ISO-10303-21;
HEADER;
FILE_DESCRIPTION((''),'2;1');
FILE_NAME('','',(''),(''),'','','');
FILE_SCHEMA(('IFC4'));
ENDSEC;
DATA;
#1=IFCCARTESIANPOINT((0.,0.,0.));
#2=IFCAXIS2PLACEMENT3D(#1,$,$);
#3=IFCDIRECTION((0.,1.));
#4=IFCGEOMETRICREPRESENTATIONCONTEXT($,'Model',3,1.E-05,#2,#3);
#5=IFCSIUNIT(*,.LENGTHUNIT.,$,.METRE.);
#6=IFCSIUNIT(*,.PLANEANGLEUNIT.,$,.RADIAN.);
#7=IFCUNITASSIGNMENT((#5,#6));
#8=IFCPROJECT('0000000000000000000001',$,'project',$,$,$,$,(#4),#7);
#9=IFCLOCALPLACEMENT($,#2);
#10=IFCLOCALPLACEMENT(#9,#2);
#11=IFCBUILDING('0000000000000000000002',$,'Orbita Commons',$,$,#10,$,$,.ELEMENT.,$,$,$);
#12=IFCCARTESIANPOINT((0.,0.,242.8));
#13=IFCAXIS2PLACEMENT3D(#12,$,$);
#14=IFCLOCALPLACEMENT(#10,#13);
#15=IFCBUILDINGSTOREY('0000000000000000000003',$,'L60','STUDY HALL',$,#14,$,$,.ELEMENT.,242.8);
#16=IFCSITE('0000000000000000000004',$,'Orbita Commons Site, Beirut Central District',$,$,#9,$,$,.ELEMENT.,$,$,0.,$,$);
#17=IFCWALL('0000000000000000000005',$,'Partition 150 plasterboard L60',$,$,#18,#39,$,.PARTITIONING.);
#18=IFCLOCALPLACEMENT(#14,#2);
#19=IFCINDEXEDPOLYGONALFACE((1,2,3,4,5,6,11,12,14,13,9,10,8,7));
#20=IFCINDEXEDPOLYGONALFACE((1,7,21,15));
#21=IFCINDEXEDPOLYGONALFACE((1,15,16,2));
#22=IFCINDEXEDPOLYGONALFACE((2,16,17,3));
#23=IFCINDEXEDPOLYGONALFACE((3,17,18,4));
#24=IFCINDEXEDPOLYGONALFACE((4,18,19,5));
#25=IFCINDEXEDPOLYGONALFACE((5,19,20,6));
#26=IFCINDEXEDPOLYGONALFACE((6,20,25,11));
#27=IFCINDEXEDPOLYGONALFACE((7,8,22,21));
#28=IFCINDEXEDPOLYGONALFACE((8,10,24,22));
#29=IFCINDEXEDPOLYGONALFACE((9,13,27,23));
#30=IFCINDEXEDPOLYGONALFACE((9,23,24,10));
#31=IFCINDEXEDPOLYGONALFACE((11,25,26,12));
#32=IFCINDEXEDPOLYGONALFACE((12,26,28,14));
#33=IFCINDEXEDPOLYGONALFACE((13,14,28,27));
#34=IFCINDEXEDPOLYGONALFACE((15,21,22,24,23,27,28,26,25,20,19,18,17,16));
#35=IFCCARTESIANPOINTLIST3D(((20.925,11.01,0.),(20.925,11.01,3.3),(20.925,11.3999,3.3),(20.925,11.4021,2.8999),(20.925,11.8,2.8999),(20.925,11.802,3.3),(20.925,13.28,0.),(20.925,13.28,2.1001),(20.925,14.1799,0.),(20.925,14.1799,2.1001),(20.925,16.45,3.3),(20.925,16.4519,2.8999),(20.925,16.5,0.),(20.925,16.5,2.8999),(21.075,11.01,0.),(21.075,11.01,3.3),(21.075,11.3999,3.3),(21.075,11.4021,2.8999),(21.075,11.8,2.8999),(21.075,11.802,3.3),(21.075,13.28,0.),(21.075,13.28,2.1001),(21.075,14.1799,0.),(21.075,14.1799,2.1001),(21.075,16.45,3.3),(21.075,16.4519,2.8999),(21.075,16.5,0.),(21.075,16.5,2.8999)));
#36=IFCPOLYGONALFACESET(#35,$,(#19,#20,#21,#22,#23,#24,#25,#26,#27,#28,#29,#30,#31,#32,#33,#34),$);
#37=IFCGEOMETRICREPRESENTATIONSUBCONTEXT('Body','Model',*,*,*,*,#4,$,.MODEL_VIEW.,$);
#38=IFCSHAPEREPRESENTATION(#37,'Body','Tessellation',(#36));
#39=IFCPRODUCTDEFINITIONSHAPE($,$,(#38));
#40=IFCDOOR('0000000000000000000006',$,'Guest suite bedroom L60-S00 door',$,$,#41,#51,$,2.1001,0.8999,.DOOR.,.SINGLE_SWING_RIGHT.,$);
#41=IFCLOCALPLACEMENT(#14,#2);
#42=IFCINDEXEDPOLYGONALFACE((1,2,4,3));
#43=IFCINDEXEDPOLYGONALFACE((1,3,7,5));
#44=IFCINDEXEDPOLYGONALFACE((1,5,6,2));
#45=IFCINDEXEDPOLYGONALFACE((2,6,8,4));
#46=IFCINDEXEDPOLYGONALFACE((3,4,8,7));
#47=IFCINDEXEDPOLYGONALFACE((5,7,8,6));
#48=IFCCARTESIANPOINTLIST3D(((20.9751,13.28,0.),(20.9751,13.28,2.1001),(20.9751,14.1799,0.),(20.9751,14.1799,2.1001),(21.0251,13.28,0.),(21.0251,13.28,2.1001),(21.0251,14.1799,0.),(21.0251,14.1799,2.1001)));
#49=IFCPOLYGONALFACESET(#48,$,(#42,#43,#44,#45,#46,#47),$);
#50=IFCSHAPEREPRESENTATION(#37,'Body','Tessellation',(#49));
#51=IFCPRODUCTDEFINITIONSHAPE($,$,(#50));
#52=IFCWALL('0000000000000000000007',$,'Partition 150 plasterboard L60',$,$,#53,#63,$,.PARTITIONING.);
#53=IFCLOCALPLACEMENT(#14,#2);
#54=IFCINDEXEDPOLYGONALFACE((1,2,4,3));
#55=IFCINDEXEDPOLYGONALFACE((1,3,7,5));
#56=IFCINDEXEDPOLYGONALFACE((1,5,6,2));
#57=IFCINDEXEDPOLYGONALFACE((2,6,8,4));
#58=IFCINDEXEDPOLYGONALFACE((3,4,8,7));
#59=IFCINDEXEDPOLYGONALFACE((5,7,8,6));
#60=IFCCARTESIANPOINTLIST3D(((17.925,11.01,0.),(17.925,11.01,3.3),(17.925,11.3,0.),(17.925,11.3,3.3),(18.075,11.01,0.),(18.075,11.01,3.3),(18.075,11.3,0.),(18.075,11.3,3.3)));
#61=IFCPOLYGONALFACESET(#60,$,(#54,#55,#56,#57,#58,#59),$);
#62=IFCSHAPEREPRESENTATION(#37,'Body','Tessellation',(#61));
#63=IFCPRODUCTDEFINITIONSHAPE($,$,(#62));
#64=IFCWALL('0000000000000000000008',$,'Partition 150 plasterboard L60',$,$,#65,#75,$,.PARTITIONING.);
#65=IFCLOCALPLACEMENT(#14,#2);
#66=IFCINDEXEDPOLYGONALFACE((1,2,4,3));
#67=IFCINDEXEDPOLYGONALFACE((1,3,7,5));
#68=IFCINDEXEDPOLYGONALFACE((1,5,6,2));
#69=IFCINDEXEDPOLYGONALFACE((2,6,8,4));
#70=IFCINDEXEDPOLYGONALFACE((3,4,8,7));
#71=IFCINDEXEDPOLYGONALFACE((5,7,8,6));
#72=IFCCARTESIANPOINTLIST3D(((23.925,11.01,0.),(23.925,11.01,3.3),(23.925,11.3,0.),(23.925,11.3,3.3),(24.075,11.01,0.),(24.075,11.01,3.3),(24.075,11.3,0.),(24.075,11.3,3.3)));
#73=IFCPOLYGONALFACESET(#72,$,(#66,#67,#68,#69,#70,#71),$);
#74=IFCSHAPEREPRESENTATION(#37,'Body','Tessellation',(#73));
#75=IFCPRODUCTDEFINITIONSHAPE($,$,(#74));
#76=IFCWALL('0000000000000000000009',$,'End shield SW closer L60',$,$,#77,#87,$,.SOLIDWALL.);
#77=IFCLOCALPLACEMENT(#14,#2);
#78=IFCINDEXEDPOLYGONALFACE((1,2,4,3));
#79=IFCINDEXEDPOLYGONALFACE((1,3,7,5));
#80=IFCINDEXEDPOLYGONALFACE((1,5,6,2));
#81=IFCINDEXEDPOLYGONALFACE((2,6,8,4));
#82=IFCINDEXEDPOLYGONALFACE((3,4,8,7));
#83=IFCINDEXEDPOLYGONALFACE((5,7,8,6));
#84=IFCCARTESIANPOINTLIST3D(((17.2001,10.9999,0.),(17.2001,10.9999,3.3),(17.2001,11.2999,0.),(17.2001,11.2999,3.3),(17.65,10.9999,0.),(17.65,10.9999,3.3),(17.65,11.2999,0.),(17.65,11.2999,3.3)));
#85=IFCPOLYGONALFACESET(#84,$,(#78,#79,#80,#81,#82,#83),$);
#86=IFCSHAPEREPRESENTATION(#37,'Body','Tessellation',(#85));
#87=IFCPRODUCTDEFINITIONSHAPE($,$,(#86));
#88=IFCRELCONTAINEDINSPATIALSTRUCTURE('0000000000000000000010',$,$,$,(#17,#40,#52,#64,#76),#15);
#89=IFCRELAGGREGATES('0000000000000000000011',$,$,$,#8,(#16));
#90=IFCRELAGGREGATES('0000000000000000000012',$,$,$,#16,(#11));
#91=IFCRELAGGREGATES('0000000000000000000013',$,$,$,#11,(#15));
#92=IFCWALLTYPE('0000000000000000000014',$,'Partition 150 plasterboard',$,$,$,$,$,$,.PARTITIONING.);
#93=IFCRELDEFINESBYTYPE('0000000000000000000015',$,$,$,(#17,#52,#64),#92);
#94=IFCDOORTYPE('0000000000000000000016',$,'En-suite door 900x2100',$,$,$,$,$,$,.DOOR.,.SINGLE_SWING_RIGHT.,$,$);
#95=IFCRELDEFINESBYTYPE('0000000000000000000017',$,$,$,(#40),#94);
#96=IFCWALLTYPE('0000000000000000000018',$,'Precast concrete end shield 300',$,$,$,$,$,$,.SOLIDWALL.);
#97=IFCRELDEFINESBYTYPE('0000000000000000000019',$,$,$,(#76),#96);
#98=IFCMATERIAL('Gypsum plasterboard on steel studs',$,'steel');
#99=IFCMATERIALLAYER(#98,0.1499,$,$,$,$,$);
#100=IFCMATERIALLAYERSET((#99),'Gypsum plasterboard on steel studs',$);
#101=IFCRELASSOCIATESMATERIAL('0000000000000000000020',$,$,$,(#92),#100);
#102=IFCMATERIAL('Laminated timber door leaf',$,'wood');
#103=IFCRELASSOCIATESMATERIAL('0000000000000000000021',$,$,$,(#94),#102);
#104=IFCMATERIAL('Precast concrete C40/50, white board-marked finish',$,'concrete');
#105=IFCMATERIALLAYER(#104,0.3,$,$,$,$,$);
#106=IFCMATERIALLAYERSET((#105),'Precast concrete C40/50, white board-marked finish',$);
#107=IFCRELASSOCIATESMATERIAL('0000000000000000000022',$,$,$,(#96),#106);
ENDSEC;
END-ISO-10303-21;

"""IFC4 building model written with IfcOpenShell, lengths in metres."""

from ifc_helpers import new_model, si_unit, direction, frame, frame_2d, origin, place, context, subcontext, project, spatial, polyline, rectangle, outline, extrude, material, layer, layer_set, type_object, element, fill, save


model = new_model("IFC4")

# Units and contexts
model_context = context("Model", 3, precision=1e-05, world=origin(), true_north=direction((0.0, 1.0)))
body_context = subcontext(model_context, "Body", "Model", "MODEL_VIEW")
ifc_project = project(units=[si_unit("LENGTHUNIT", "METRE"), si_unit("PLANEANGLEUNIT", "RADIAN")], contexts=[model_context])

# Site, building, storey
site_placement = place(None, origin())
site = spatial("IfcSite", under=ifc_project, at=site_placement, Name="Orbita Commons Site, Beirut Central District", CompositionType="ELEMENT", RefElevation=0.0)
building_placement = place(site_placement, origin())
building = spatial("IfcBuilding", under=site, at=building_placement, Name="Orbita Commons", CompositionType="ELEMENT")
storey_placement = place(building_placement, frame((0.0, 0.0, 242.8)))
storey = spatial("IfcBuildingStorey", under=building, at=storey_placement, Name="L60", Description="STUDY HALL", CompositionType="ELEMENT", Elevation=242.8)

# Wall, opening, door
ifc_material_1 = material(Name="Gypsum plasterboard on steel studs", Category="steel")
ifc_layer_1 = layer(ifc_material_1, 0.1499)
ifc_layer_set_1 = layer_set([ifc_layer_1], Name="Gypsum plasterboard on steel studs")
wall_type_1 = type_object("IfcWallType", Name="Partition 150 plasterboard", PredefinedType="PARTITIONING", material=ifc_layer_set_1)
wall_1_placement = place(storey_placement, frame((21.0, 11.01, 0.0), z_axis=(0.0, 0.0, 1.0), x_axis=(0.0, 1.0, 0.0)))
wall_1 = element("IfcWall", 1, at=wall_1_placement, inside=storey, type_object=wall_type_1, Name="Partition 150 plasterboard L60", PredefinedType="PARTITIONING", context=body_context, shape_type="SweptSolid", body=[
    extrude(outline(polyline([(0.0, 0.0), (5.49, 0.0), (5.49, 2.8999), (5.4419, 2.8999), (5.4399, 3.3), (0.792, 3.3), (0.79, 2.8999), (0.3921, 2.8999), (0.3899, 3.3), (0.0, 3.3), (0.0, 0.0)])), frame((0.0, 0.075, 0.0), z_axis=(0.0, -1.0, 0.0), x_axis=(1.0, 0.0, 0.0)), (0.0, 0.0, 1.0), 0.1499),
])
opening_placement = place(wall_1_placement, frame((2.27, 0.0, 0.0)))
opening = element("IfcOpeningElement", 2, at=opening_placement, cuts=wall_1, PredefinedType="OPENING", context=body_context, shape_type="SweptSolid", body=[
    extrude(rectangle(XDim=0.8999, YDim=2.1001, at=frame_2d((0.45, 1.05))), frame((0.0, 0.085, 0.0), z_axis=(0.0, -1.0, 0.0), x_axis=(1.0, 0.0, 0.0)), (0.0, 0.0, 1.0), 0.1699),
])
ifc_material_2 = material(Name="Laminated timber door leaf", Category="wood")
door_type = type_object("IfcDoorType", Name="En-suite door 900x2100", OperationType="SINGLE_SWING_RIGHT", PredefinedType="DOOR", material=ifc_material_2)
door_placement = place(opening_placement, origin())
door = element("IfcDoor", 3, at=door_placement, inside=storey, type_object=door_type, Name="Guest suite bedroom L60-S00 door", OperationType="SINGLE_SWING_RIGHT", OverallHeight=2.1001, OverallWidth=0.8999, PredefinedType="DOOR", context=body_context, shape_type="SweptSolid", body=[
    extrude(rectangle(XDim=0.8999, YDim=2.1001, at=frame_2d((0.45, 1.05))), frame((0.0, 0.0249, 0.0), z_axis=(0.0, -1.0, 0.0), x_axis=(1.0, 0.0, 0.0)), (0.0, 0.0, 1.0), 0.05),
])
fill(opening, door)

# Walls
for number, where, z_axis, x_axis, name in (
    (4, (18.0, 11.3, 0.0), (0.0, 0.0, 1.0), (0.0, -1.0, 0.0), "Partition 150 plasterboard L60"),
    (5, (24.0, 11.3, 0.0), (0.0, 0.0, 1.0), (0.0, -1.0, 0.0), "Partition 150 plasterboard L60"),
):
    element("IfcWall", number, at=place(storey_placement, frame(where, z_axis=z_axis, x_axis=x_axis)), inside=storey, type_object=wall_type_1, Name=name, PredefinedType="PARTITIONING", context=body_context, shape_type="SweptSolid", body=[
        extrude(rectangle(XDim=0.29, YDim=0.1499, at=frame_2d((0.145, 0.0))), origin(), (0.0, 0.0, 1.0), 3.3),
    ])
ifc_material_3 = material(Name="Precast concrete C40/50, white board-marked finish", Category="concrete")
ifc_layer_2 = layer(ifc_material_3, 0.3)
ifc_layer_set_2 = layer_set([ifc_layer_2], Name="Precast concrete C40/50, white board-marked finish")
wall_type_2 = type_object("IfcWallType", Name="Precast concrete end shield 300", PredefinedType="SOLIDWALL", material=ifc_layer_set_2)
wall_2_placement = place(storey_placement, frame((17.2, 11.1499, 0.0), z_axis=(0.0, 0.0, 1.0), x_axis=(1.0, 0.0, 0.0)))
element("IfcWall", 6, at=wall_2_placement, inside=storey, type_object=wall_type_2, Name="End shield SW closer L60", PredefinedType="SOLIDWALL", context=body_context, shape_type="SweptSolid", body=[
    extrude(rectangle(XDim=0.45, YDim=0.3, at=frame_2d((0.2251, 0.0))), origin(), (0.0, 0.0, 1.0), 3.3),
])

save(model, "model.ifc")
